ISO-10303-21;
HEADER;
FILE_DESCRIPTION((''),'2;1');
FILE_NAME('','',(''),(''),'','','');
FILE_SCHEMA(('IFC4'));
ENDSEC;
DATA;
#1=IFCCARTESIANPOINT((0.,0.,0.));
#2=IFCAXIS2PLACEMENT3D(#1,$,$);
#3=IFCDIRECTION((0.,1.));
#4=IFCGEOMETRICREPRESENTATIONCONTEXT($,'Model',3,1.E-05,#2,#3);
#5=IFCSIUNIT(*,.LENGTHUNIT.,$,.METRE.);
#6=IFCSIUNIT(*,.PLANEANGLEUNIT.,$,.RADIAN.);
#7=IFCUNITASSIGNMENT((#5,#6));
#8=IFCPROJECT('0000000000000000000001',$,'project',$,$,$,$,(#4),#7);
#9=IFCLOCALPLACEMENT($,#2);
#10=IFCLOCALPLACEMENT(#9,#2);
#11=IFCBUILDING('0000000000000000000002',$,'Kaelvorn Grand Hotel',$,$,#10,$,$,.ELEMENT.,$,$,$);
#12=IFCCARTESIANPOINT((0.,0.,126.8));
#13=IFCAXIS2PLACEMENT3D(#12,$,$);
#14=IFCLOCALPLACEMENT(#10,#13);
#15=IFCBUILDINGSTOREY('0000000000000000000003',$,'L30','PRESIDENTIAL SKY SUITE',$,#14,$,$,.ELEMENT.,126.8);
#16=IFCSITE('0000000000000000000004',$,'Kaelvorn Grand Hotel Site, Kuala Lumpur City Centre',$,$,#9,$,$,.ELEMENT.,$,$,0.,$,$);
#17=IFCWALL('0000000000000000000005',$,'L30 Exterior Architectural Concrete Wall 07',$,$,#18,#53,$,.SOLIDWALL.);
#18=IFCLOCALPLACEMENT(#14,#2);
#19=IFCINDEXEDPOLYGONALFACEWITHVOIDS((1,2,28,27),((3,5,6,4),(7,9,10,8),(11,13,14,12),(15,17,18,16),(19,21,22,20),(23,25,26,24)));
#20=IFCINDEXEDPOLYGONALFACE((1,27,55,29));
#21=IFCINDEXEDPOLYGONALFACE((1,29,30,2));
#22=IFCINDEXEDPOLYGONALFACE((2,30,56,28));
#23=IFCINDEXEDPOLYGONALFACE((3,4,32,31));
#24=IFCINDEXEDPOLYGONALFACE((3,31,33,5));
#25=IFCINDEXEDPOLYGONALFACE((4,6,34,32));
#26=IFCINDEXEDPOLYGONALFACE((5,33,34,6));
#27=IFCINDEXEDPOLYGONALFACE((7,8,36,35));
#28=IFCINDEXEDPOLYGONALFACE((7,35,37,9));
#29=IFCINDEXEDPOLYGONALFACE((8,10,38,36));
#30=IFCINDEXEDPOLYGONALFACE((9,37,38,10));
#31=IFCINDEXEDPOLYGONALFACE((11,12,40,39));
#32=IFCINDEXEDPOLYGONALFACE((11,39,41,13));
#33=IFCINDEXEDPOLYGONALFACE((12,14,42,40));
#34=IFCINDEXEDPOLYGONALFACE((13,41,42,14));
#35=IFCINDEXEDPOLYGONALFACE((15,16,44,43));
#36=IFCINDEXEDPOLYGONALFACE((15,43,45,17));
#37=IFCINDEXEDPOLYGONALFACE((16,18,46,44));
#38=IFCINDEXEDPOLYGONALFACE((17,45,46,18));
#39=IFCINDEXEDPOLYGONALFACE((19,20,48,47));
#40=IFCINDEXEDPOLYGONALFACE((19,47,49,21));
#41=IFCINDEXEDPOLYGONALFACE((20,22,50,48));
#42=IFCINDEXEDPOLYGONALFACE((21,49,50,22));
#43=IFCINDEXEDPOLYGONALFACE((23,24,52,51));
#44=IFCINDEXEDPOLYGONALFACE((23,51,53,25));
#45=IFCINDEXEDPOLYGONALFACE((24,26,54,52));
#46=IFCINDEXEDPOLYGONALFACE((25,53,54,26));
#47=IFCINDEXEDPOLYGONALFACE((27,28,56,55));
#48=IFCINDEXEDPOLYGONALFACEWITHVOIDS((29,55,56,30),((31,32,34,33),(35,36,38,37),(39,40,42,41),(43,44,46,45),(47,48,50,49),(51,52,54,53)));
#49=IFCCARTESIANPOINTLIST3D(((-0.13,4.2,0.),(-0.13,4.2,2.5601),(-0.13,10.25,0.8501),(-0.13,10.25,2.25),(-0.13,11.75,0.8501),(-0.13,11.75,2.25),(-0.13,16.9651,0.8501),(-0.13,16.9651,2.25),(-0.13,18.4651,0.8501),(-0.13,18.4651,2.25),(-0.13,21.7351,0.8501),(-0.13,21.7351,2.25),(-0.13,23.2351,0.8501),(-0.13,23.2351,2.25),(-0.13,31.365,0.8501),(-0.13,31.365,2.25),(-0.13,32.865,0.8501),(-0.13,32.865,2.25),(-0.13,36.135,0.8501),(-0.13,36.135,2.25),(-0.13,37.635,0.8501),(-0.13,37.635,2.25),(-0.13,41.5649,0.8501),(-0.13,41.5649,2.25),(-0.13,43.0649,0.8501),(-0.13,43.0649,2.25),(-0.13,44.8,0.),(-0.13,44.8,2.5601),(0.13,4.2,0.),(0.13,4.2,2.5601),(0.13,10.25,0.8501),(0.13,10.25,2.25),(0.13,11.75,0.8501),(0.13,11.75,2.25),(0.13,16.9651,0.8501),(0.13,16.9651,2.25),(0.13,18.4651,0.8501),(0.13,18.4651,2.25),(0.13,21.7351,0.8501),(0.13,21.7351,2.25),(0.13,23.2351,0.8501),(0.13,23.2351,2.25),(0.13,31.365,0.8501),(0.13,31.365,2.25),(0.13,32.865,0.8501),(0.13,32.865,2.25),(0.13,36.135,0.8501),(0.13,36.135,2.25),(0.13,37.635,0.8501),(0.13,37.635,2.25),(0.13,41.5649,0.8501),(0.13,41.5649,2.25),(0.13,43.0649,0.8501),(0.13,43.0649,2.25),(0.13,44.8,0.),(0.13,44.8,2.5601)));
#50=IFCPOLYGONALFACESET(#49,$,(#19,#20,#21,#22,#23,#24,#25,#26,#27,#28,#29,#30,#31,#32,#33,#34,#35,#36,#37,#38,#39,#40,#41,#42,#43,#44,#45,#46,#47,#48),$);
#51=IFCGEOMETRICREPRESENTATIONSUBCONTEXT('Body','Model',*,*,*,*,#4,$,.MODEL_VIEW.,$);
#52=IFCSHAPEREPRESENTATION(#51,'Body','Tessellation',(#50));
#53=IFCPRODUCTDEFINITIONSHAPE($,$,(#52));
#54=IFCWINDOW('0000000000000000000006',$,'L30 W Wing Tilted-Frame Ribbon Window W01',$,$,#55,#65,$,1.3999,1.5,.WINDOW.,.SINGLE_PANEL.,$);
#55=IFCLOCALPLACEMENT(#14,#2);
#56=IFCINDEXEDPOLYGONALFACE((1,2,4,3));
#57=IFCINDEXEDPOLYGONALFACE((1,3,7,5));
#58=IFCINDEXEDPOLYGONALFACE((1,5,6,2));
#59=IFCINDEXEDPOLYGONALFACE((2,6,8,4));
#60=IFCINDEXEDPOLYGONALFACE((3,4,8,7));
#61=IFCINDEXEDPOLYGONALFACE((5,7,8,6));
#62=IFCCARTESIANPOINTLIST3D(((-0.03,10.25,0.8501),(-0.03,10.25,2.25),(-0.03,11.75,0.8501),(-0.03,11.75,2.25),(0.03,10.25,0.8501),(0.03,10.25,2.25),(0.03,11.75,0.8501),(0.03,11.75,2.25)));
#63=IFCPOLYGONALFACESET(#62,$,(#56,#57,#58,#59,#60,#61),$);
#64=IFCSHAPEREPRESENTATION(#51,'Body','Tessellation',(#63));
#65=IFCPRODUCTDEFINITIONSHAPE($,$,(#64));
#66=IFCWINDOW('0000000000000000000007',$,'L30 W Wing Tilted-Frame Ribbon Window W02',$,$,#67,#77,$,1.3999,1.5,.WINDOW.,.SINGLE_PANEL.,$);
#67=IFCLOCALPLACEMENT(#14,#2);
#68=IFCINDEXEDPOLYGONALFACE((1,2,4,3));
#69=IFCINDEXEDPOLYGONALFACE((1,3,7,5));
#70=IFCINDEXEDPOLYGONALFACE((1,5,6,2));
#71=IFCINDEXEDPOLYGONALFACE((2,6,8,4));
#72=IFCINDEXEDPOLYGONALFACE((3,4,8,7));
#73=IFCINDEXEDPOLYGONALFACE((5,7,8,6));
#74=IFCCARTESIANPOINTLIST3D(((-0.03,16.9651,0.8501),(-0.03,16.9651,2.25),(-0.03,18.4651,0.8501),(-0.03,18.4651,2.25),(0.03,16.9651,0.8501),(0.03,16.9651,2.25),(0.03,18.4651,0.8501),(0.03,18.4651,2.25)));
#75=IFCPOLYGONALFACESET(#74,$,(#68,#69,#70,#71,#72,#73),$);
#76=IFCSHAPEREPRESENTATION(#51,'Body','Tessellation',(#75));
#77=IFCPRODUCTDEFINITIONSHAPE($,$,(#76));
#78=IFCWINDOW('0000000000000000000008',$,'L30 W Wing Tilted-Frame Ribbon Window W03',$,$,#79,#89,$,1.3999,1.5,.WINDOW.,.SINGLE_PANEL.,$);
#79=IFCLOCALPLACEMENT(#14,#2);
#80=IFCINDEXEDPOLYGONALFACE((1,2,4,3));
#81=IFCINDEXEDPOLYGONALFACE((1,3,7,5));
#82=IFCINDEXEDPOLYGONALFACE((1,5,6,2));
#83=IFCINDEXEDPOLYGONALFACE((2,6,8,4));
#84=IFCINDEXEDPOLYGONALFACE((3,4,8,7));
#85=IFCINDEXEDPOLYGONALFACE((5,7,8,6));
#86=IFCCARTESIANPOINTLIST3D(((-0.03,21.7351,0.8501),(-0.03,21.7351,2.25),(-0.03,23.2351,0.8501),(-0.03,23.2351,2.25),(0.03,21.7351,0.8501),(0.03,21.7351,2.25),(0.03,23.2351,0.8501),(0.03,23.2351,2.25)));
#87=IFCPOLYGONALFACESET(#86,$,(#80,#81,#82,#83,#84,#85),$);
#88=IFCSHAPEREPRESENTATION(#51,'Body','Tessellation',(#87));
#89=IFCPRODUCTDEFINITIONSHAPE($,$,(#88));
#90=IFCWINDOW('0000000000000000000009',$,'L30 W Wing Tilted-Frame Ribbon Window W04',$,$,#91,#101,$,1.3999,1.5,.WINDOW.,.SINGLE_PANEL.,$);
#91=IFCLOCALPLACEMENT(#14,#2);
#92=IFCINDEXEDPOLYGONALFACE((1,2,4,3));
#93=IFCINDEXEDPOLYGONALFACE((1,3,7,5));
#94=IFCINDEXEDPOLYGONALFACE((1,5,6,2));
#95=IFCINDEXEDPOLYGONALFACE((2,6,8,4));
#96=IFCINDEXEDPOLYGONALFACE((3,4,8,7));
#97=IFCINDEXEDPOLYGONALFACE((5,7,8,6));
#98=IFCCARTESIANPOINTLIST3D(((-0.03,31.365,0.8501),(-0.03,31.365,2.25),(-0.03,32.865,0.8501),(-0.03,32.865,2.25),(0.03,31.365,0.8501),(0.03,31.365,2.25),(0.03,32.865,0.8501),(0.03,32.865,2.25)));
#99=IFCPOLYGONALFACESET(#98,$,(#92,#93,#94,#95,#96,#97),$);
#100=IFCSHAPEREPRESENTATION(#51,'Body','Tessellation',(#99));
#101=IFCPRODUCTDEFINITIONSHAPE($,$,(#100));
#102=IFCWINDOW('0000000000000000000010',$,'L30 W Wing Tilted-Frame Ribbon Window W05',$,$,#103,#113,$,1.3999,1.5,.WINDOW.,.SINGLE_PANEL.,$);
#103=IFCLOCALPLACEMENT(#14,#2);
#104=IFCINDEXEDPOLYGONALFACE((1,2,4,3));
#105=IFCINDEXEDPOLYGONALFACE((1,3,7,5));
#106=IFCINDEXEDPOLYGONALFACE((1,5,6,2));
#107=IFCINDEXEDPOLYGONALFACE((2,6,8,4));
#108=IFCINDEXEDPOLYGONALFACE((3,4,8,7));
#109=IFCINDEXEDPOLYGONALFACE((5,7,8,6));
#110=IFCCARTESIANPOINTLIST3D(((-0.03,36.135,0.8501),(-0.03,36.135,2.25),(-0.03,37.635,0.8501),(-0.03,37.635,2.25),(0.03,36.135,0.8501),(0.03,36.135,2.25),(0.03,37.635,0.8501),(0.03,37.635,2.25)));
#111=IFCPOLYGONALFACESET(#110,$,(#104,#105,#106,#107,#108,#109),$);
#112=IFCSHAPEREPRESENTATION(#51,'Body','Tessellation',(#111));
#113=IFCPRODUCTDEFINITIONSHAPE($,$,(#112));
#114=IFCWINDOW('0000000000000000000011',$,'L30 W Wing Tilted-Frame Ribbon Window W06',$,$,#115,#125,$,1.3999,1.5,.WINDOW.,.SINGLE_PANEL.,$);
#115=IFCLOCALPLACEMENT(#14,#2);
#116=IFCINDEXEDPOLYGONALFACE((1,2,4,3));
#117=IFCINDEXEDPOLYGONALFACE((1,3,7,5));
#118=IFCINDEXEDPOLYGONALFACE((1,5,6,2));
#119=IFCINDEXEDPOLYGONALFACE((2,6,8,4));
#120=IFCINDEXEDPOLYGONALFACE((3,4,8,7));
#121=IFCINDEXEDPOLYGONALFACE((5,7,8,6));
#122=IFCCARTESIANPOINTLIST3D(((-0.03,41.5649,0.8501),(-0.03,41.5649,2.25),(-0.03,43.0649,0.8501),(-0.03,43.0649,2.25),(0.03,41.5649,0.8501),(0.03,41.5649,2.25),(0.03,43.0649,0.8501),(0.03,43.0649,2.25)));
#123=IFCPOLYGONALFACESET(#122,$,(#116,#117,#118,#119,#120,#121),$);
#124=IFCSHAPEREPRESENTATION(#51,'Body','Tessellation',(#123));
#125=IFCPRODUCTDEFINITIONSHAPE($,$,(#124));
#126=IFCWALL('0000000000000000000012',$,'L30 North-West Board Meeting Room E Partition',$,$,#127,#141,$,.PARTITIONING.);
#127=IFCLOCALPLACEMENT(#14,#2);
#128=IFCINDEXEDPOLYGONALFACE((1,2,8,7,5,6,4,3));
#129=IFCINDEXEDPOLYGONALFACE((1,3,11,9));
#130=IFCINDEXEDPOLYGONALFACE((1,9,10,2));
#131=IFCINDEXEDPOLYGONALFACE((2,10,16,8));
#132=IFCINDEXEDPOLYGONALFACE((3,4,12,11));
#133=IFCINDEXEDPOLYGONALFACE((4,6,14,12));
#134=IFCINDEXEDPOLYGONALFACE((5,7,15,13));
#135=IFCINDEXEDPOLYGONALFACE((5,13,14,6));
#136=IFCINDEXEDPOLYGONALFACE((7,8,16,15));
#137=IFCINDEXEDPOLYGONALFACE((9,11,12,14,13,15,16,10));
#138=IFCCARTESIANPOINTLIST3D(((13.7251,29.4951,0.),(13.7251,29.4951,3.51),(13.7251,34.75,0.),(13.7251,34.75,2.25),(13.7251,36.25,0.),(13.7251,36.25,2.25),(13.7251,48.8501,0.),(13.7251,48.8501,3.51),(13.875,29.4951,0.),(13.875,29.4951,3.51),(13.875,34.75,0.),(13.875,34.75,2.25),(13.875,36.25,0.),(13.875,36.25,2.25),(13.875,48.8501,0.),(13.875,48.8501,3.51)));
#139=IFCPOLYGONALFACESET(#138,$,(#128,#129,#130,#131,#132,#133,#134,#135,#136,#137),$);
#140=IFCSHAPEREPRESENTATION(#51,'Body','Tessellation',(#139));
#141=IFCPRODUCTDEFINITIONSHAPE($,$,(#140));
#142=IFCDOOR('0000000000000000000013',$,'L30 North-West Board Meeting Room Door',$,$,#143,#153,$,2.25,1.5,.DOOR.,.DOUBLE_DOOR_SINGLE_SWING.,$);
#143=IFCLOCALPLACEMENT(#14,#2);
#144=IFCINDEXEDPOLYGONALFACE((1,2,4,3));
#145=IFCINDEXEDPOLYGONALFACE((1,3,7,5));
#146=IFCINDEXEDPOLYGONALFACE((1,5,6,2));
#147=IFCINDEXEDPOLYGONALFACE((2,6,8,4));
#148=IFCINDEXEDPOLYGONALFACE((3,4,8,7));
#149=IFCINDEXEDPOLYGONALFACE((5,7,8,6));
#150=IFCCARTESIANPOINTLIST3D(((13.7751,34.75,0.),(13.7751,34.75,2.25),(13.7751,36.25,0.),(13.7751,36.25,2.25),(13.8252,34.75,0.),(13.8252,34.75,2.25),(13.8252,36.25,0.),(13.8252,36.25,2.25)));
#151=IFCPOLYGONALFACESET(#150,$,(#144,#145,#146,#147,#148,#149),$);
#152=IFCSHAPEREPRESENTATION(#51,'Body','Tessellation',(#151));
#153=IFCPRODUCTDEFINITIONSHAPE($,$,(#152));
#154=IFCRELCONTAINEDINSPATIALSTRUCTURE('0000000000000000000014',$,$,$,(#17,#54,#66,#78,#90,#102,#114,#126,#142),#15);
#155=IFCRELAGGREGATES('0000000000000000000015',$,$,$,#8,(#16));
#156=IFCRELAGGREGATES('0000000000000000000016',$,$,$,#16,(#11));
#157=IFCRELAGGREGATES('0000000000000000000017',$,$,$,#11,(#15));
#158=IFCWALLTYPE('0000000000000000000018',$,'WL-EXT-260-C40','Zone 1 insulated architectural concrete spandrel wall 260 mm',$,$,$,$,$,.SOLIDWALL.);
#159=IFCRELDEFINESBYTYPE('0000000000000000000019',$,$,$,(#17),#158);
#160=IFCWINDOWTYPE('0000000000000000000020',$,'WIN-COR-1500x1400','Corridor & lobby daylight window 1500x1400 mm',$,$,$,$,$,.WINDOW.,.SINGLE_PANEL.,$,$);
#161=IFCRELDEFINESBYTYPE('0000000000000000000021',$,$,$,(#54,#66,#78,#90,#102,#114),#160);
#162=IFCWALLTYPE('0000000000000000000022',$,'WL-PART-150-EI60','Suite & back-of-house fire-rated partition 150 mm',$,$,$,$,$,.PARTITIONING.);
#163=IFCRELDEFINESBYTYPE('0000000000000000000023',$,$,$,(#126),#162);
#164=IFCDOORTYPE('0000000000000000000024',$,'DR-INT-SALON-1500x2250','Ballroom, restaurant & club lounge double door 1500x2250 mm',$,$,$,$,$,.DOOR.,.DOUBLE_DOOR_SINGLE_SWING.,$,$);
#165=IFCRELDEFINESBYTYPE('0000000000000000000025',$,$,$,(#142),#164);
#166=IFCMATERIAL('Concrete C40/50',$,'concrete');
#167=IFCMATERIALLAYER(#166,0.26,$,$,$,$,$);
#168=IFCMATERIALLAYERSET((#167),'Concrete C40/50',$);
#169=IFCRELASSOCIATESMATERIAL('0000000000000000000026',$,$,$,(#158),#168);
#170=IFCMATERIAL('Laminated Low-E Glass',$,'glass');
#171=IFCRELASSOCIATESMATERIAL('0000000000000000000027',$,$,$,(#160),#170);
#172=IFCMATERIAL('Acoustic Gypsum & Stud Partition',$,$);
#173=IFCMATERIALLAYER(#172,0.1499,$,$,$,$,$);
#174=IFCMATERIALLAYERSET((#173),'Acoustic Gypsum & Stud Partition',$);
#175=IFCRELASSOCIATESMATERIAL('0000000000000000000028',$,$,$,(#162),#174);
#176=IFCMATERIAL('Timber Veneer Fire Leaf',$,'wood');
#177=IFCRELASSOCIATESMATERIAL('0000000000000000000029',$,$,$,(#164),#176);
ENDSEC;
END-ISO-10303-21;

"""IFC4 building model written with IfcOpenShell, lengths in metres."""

from ifc_helpers import new_model, si_unit, direction, frame, frame_2d, origin, place, context, subcontext, project, spatial, rectangle, extrude, material, layer, layer_set, type_object, element, fill, save


model = new_model("IFC4")

# Units and contexts
model_context = context("Model", 3, precision=1e-05, world=origin(), true_north=direction((0.0, 1.0)))
body_context = subcontext(model_context, "Body", "Model", "MODEL_VIEW")
ifc_project = project(units=[si_unit("LENGTHUNIT", "METRE"), si_unit("PLANEANGLEUNIT", "RADIAN")], contexts=[model_context])

# Site, building, storey
site_placement = place(None, origin())
site = spatial("IfcSite", under=ifc_project, at=site_placement, Name="Kaelvorn Grand Hotel Site, Kuala Lumpur City Centre", CompositionType="ELEMENT", RefElevation=0.0)
building_placement = place(site_placement, origin())
building = spatial("IfcBuilding", under=site, at=building_placement, Name="Kaelvorn Grand Hotel", CompositionType="ELEMENT")
storey_placement = place(building_placement, frame((0.0, 0.0, 126.8)))
storey = spatial("IfcBuildingStorey", under=building, at=storey_placement, Name="L30", Description="PRESIDENTIAL SKY SUITE", CompositionType="ELEMENT", Elevation=126.8)

# Shared definitions
ifc_material_1 = material(Name="Concrete C40/50", Category="concrete")
ifc_layer_1 = layer(ifc_material_1, 0.26)
ifc_layer_set_1 = layer_set([ifc_layer_1], Name="Concrete C40/50")
wall_type_1 = type_object("IfcWallType", Name="WL-EXT-260-C40", Description="Zone 1 insulated architectural concrete spandrel wall 260 mm", PredefinedType="SOLIDWALL", material=ifc_layer_set_1)

# Wall, openings, windows
wall_1_placement = place(storey_placement, frame((0.0, 44.8, 0.0), z_axis=(0.0, 0.0, 1.0), x_axis=(0.0, -1.0, 0.0)))
wall_1 = element("IfcWall", 1, at=wall_1_placement, inside=storey, type_object=wall_type_1, Name="L30 Exterior Architectural Concrete Wall 07", PredefinedType="SOLIDWALL", context=body_context, shape_type="SweptSolid", body=[
    extrude(rectangle(XDim=40.6001, YDim=0.26, at=frame_2d((20.3, 0.0))), origin(), (0.0, 0.0, 1.0), 2.5601),
])
opening_1_placement = place(wall_1_placement, frame((33.05, 0.0, 0.8501)))
opening_1 = element("IfcOpeningElement", 2, at=opening_1_placement, cuts=wall_1, PredefinedType="OPENING", context=body_context, shape_type="SweptSolid", body=[
    extrude(rectangle(XDim=1.5, YDim=1.3999, at=frame_2d((0.75, 0.7))), frame((0.0, 0.1401, 0.0), z_axis=(0.0, -1.0, 0.0), x_axis=(1.0, 0.0, 0.0)), (0.0, 0.0, 1.0), 0.28),
])
opening_2_placement = place(wall_1_placement, frame((26.335, 0.0, 0.8501)))
opening_2 = element("IfcOpeningElement", 3, at=opening_2_placement, cuts=wall_1, PredefinedType="OPENING", context=body_context, shape_type="SweptSolid", body=[
    extrude(rectangle(XDim=1.5, YDim=1.3999, at=frame_2d((0.75, 0.7))), frame((0.0, 0.1401, 0.0), z_axis=(0.0, -1.0, 0.0), x_axis=(1.0, 0.0, 0.0)), (0.0, 0.0, 1.0), 0.28),
])
opening_3_placement = place(wall_1_placement, frame((21.5649, 0.0, 0.8501)))
opening_3 = element("IfcOpeningElement", 4, at=opening_3_placement, cuts=wall_1, PredefinedType="OPENING", context=body_context, shape_type="SweptSolid", body=[
    extrude(rectangle(XDim=1.5, YDim=1.3999, at=frame_2d((0.75, 0.7))), frame((0.0, 0.1401, 0.0), z_axis=(0.0, -1.0, 0.0), x_axis=(1.0, 0.0, 0.0)), (0.0, 0.0, 1.0), 0.28),
])
opening_4_placement = place(wall_1_placement, frame((11.9351, 0.0, 0.8501)))
opening_4 = element("IfcOpeningElement", 5, at=opening_4_placement, cuts=wall_1, PredefinedType="OPENING", context=body_context, shape_type="SweptSolid", body=[
    extrude(rectangle(XDim=1.5, YDim=1.3999, at=frame_2d((0.75, 0.7))), frame((0.0, 0.1401, 0.0), z_axis=(0.0, -1.0, 0.0), x_axis=(1.0, 0.0, 0.0)), (0.0, 0.0, 1.0), 0.28),
])
opening_5_placement = place(wall_1_placement, frame((7.165, 0.0, 0.8501)))
opening_5 = element("IfcOpeningElement", 6, at=opening_5_placement, cuts=wall_1, PredefinedType="OPENING", context=body_context, shape_type="SweptSolid", body=[
    extrude(rectangle(XDim=1.5, YDim=1.3999, at=frame_2d((0.75, 0.7))), frame((0.0, 0.1401, 0.0), z_axis=(0.0, -1.0, 0.0), x_axis=(1.0, 0.0, 0.0)), (0.0, 0.0, 1.0), 0.28),
])
opening_6_placement = place(wall_1_placement, frame((1.7351, 0.0, 0.8501)))
opening_6 = element("IfcOpeningElement", 7, at=opening_6_placement, cuts=wall_1, PredefinedType="OPENING", context=body_context, shape_type="SweptSolid", body=[
    extrude(rectangle(XDim=1.5, YDim=1.3999, at=frame_2d((0.75, 0.7))), frame((0.0, 0.1401, 0.0), z_axis=(0.0, -1.0, 0.0), x_axis=(1.0, 0.0, 0.0)), (0.0, 0.0, 1.0), 0.28),
])
ifc_material_2 = material(Name="Laminated Low-E Glass", Category="glass")
window_type = type_object("IfcWindowType", Name="WIN-COR-1500x1400", Description="Corridor & lobby daylight window 1500x1400 mm", PartitioningType="SINGLE_PANEL", PredefinedType="WINDOW", material=ifc_material_2)
window_1_placement = place(opening_1_placement, origin())
window_1 = element("IfcWindow", 8, at=window_1_placement, inside=storey, type_object=window_type, Name="L30 W Wing Tilted-Frame Ribbon Window W01", OverallHeight=1.3999, OverallWidth=1.5, PartitioningType="SINGLE_PANEL", PredefinedType="WINDOW", context=body_context, shape_type="SweptSolid", body=[
    extrude(rectangle(XDim=1.5, YDim=1.3999, at=frame_2d((0.75, 0.7))), frame((0.0, 0.03, 0.0), z_axis=(0.0, -1.0, 0.0), x_axis=(1.0, 0.0, 0.0)), (0.0, 0.0, 1.0), 0.0601),
])
fill(opening_1, window_1)
window_2_placement = place(opening_2_placement, origin())
window_2 = element("IfcWindow", 9, at=window_2_placement, inside=storey, type_object=window_type, Name="L30 W Wing Tilted-Frame Ribbon Window W02", OverallHeight=1.3999, OverallWidth=1.5, PartitioningType="SINGLE_PANEL", PredefinedType="WINDOW", context=body_context, shape_type="SweptSolid", body=[
    extrude(rectangle(XDim=1.5, YDim=1.3999, at=frame_2d((0.75, 0.7))), frame((0.0, 0.03, 0.0), z_axis=(0.0, -1.0, 0.0), x_axis=(1.0, 0.0, 0.0)), (0.0, 0.0, 1.0), 0.0601),
])
fill(opening_2, window_2)
window_3_placement = place(opening_3_placement, origin())
window_3 = element("IfcWindow", 10, at=window_3_placement, inside=storey, type_object=window_type, Name="L30 W Wing Tilted-Frame Ribbon Window W03", OverallHeight=1.3999, OverallWidth=1.5, PartitioningType="SINGLE_PANEL", PredefinedType="WINDOW", context=body_context, shape_type="SweptSolid", body=[
    extrude(rectangle(XDim=1.5, YDim=1.3999, at=frame_2d((0.75, 0.7))), frame((0.0, 0.03, 0.0), z_axis=(0.0, -1.0, 0.0), x_axis=(1.0, 0.0, 0.0)), (0.0, 0.0, 1.0), 0.0601),
])
fill(opening_3, window_3)
window_4_placement = place(opening_4_placement, origin())
window_4 = element("IfcWindow", 11, at=window_4_placement, inside=storey, type_object=window_type, Name="L30 W Wing Tilted-Frame Ribbon Window W04", OverallHeight=1.3999, OverallWidth=1.5, PartitioningType="SINGLE_PANEL", PredefinedType="WINDOW", context=body_context, shape_type="SweptSolid", body=[
    extrude(rectangle(XDim=1.5, YDim=1.3999, at=frame_2d((0.75, 0.7))), frame((0.0, 0.03, 0.0), z_axis=(0.0, -1.0, 0.0), x_axis=(1.0, 0.0, 0.0)), (0.0, 0.0, 1.0), 0.0601),
])
fill(opening_4, window_4)
window_5_placement = place(opening_5_placement, origin())
window_5 = element("IfcWindow", 12, at=window_5_placement, inside=storey, type_object=window_type, Name="L30 W Wing Tilted-Frame Ribbon Window W05", OverallHeight=1.3999, OverallWidth=1.5, PartitioningType="SINGLE_PANEL", PredefinedType="WINDOW", context=body_context, shape_type="SweptSolid", body=[
    extrude(rectangle(XDim=1.5, YDim=1.3999, at=frame_2d((0.75, 0.7))), frame((0.0, 0.03, 0.0), z_axis=(0.0, -1.0, 0.0), x_axis=(1.0, 0.0, 0.0)), (0.0, 0.0, 1.0), 0.0601),
])
fill(opening_5, window_5)
window_6_placement = place(opening_6_placement, origin())
window_6 = element("IfcWindow", 13, at=window_6_placement, inside=storey, type_object=window_type, Name="L30 W Wing Tilted-Frame Ribbon Window W06", OverallHeight=1.3999, OverallWidth=1.5, PartitioningType="SINGLE_PANEL", PredefinedType="WINDOW", context=body_context, shape_type="SweptSolid", body=[
    extrude(rectangle(XDim=1.5, YDim=1.3999, at=frame_2d((0.75, 0.7))), frame((0.0, 0.03, 0.0), z_axis=(0.0, -1.0, 0.0), x_axis=(1.0, 0.0, 0.0)), (0.0, 0.0, 1.0), 0.0601),
])
fill(opening_6, window_6)

# Wall, opening, door
ifc_material_3 = material(Name="Acoustic Gypsum & Stud Partition")
ifc_layer_2 = layer(ifc_material_3, 0.1499)
ifc_layer_set_2 = layer_set([ifc_layer_2], Name="Acoustic Gypsum & Stud Partition")
wall_type_2 = type_object("IfcWallType", Name="WL-PART-150-EI60", Description="Suite & back-of-house fire-rated partition 150 mm", PredefinedType="PARTITIONING", material=ifc_layer_set_2)
wall_2_placement = place(storey_placement, frame((13.8, 29.4951, 0.0), z_axis=(0.0, 0.0, 1.0), x_axis=(0.0, 1.0, 0.0)))
wall_2 = element("IfcWall", 14, at=wall_2_placement, inside=storey, type_object=wall_type_2, Name="L30 North-West Board Meeting Room E Partition", PredefinedType="PARTITIONING", context=body_context, shape_type="SweptSolid", body=[
    extrude(rectangle(XDim=19.355, YDim=0.1499, at=frame_2d((9.6775, 0.0))), origin(), (0.0, 0.0, 1.0), 3.51),
])
opening_7_placement = place(wall_2_placement, frame((5.2549, 0.0, 0.0)))
opening_7 = element("IfcOpeningElement", 15, at=opening_7_placement, cuts=wall_2, PredefinedType="OPENING", context=body_context, shape_type="SweptSolid", body=[
    extrude(rectangle(XDim=1.5, YDim=2.25, at=frame_2d((0.75, 1.125))), frame((0.0, 0.085, 0.0), z_axis=(0.0, -1.0, 0.0), x_axis=(1.0, 0.0, 0.0)), (0.0, 0.0, 1.0), 0.1699),
])
ifc_material_4 = material(Name="Timber Veneer Fire Leaf", Category="wood")
door_type = type_object("IfcDoorType", Name="DR-INT-SALON-1500x2250", Description="Ballroom, restaurant & club lounge double door 1500x2250 mm", OperationType="DOUBLE_DOOR_SINGLE_SWING", PredefinedType="DOOR", material=ifc_material_4)
door_placement = place(opening_7_placement, origin())
door = element("IfcDoor", 16, at=door_placement, inside=storey, type_object=door_type, Name="L30 North-West Board Meeting Room Door", OperationType="DOUBLE_DOOR_SINGLE_SWING", OverallHeight=2.25, OverallWidth=1.5, PredefinedType="DOOR", context=body_context, shape_type="SweptSolid", body=[
    extrude(rectangle(XDim=1.5, YDim=2.25, at=frame_2d((0.75, 1.125))), frame((0.0, 0.0249, 0.0), z_axis=(0.0, -1.0, 0.0), x_axis=(1.0, 0.0, 0.0)), (0.0, 0.0, 1.0), 0.05),
])
fill(opening_7, door)

save(model, "model.ifc")
